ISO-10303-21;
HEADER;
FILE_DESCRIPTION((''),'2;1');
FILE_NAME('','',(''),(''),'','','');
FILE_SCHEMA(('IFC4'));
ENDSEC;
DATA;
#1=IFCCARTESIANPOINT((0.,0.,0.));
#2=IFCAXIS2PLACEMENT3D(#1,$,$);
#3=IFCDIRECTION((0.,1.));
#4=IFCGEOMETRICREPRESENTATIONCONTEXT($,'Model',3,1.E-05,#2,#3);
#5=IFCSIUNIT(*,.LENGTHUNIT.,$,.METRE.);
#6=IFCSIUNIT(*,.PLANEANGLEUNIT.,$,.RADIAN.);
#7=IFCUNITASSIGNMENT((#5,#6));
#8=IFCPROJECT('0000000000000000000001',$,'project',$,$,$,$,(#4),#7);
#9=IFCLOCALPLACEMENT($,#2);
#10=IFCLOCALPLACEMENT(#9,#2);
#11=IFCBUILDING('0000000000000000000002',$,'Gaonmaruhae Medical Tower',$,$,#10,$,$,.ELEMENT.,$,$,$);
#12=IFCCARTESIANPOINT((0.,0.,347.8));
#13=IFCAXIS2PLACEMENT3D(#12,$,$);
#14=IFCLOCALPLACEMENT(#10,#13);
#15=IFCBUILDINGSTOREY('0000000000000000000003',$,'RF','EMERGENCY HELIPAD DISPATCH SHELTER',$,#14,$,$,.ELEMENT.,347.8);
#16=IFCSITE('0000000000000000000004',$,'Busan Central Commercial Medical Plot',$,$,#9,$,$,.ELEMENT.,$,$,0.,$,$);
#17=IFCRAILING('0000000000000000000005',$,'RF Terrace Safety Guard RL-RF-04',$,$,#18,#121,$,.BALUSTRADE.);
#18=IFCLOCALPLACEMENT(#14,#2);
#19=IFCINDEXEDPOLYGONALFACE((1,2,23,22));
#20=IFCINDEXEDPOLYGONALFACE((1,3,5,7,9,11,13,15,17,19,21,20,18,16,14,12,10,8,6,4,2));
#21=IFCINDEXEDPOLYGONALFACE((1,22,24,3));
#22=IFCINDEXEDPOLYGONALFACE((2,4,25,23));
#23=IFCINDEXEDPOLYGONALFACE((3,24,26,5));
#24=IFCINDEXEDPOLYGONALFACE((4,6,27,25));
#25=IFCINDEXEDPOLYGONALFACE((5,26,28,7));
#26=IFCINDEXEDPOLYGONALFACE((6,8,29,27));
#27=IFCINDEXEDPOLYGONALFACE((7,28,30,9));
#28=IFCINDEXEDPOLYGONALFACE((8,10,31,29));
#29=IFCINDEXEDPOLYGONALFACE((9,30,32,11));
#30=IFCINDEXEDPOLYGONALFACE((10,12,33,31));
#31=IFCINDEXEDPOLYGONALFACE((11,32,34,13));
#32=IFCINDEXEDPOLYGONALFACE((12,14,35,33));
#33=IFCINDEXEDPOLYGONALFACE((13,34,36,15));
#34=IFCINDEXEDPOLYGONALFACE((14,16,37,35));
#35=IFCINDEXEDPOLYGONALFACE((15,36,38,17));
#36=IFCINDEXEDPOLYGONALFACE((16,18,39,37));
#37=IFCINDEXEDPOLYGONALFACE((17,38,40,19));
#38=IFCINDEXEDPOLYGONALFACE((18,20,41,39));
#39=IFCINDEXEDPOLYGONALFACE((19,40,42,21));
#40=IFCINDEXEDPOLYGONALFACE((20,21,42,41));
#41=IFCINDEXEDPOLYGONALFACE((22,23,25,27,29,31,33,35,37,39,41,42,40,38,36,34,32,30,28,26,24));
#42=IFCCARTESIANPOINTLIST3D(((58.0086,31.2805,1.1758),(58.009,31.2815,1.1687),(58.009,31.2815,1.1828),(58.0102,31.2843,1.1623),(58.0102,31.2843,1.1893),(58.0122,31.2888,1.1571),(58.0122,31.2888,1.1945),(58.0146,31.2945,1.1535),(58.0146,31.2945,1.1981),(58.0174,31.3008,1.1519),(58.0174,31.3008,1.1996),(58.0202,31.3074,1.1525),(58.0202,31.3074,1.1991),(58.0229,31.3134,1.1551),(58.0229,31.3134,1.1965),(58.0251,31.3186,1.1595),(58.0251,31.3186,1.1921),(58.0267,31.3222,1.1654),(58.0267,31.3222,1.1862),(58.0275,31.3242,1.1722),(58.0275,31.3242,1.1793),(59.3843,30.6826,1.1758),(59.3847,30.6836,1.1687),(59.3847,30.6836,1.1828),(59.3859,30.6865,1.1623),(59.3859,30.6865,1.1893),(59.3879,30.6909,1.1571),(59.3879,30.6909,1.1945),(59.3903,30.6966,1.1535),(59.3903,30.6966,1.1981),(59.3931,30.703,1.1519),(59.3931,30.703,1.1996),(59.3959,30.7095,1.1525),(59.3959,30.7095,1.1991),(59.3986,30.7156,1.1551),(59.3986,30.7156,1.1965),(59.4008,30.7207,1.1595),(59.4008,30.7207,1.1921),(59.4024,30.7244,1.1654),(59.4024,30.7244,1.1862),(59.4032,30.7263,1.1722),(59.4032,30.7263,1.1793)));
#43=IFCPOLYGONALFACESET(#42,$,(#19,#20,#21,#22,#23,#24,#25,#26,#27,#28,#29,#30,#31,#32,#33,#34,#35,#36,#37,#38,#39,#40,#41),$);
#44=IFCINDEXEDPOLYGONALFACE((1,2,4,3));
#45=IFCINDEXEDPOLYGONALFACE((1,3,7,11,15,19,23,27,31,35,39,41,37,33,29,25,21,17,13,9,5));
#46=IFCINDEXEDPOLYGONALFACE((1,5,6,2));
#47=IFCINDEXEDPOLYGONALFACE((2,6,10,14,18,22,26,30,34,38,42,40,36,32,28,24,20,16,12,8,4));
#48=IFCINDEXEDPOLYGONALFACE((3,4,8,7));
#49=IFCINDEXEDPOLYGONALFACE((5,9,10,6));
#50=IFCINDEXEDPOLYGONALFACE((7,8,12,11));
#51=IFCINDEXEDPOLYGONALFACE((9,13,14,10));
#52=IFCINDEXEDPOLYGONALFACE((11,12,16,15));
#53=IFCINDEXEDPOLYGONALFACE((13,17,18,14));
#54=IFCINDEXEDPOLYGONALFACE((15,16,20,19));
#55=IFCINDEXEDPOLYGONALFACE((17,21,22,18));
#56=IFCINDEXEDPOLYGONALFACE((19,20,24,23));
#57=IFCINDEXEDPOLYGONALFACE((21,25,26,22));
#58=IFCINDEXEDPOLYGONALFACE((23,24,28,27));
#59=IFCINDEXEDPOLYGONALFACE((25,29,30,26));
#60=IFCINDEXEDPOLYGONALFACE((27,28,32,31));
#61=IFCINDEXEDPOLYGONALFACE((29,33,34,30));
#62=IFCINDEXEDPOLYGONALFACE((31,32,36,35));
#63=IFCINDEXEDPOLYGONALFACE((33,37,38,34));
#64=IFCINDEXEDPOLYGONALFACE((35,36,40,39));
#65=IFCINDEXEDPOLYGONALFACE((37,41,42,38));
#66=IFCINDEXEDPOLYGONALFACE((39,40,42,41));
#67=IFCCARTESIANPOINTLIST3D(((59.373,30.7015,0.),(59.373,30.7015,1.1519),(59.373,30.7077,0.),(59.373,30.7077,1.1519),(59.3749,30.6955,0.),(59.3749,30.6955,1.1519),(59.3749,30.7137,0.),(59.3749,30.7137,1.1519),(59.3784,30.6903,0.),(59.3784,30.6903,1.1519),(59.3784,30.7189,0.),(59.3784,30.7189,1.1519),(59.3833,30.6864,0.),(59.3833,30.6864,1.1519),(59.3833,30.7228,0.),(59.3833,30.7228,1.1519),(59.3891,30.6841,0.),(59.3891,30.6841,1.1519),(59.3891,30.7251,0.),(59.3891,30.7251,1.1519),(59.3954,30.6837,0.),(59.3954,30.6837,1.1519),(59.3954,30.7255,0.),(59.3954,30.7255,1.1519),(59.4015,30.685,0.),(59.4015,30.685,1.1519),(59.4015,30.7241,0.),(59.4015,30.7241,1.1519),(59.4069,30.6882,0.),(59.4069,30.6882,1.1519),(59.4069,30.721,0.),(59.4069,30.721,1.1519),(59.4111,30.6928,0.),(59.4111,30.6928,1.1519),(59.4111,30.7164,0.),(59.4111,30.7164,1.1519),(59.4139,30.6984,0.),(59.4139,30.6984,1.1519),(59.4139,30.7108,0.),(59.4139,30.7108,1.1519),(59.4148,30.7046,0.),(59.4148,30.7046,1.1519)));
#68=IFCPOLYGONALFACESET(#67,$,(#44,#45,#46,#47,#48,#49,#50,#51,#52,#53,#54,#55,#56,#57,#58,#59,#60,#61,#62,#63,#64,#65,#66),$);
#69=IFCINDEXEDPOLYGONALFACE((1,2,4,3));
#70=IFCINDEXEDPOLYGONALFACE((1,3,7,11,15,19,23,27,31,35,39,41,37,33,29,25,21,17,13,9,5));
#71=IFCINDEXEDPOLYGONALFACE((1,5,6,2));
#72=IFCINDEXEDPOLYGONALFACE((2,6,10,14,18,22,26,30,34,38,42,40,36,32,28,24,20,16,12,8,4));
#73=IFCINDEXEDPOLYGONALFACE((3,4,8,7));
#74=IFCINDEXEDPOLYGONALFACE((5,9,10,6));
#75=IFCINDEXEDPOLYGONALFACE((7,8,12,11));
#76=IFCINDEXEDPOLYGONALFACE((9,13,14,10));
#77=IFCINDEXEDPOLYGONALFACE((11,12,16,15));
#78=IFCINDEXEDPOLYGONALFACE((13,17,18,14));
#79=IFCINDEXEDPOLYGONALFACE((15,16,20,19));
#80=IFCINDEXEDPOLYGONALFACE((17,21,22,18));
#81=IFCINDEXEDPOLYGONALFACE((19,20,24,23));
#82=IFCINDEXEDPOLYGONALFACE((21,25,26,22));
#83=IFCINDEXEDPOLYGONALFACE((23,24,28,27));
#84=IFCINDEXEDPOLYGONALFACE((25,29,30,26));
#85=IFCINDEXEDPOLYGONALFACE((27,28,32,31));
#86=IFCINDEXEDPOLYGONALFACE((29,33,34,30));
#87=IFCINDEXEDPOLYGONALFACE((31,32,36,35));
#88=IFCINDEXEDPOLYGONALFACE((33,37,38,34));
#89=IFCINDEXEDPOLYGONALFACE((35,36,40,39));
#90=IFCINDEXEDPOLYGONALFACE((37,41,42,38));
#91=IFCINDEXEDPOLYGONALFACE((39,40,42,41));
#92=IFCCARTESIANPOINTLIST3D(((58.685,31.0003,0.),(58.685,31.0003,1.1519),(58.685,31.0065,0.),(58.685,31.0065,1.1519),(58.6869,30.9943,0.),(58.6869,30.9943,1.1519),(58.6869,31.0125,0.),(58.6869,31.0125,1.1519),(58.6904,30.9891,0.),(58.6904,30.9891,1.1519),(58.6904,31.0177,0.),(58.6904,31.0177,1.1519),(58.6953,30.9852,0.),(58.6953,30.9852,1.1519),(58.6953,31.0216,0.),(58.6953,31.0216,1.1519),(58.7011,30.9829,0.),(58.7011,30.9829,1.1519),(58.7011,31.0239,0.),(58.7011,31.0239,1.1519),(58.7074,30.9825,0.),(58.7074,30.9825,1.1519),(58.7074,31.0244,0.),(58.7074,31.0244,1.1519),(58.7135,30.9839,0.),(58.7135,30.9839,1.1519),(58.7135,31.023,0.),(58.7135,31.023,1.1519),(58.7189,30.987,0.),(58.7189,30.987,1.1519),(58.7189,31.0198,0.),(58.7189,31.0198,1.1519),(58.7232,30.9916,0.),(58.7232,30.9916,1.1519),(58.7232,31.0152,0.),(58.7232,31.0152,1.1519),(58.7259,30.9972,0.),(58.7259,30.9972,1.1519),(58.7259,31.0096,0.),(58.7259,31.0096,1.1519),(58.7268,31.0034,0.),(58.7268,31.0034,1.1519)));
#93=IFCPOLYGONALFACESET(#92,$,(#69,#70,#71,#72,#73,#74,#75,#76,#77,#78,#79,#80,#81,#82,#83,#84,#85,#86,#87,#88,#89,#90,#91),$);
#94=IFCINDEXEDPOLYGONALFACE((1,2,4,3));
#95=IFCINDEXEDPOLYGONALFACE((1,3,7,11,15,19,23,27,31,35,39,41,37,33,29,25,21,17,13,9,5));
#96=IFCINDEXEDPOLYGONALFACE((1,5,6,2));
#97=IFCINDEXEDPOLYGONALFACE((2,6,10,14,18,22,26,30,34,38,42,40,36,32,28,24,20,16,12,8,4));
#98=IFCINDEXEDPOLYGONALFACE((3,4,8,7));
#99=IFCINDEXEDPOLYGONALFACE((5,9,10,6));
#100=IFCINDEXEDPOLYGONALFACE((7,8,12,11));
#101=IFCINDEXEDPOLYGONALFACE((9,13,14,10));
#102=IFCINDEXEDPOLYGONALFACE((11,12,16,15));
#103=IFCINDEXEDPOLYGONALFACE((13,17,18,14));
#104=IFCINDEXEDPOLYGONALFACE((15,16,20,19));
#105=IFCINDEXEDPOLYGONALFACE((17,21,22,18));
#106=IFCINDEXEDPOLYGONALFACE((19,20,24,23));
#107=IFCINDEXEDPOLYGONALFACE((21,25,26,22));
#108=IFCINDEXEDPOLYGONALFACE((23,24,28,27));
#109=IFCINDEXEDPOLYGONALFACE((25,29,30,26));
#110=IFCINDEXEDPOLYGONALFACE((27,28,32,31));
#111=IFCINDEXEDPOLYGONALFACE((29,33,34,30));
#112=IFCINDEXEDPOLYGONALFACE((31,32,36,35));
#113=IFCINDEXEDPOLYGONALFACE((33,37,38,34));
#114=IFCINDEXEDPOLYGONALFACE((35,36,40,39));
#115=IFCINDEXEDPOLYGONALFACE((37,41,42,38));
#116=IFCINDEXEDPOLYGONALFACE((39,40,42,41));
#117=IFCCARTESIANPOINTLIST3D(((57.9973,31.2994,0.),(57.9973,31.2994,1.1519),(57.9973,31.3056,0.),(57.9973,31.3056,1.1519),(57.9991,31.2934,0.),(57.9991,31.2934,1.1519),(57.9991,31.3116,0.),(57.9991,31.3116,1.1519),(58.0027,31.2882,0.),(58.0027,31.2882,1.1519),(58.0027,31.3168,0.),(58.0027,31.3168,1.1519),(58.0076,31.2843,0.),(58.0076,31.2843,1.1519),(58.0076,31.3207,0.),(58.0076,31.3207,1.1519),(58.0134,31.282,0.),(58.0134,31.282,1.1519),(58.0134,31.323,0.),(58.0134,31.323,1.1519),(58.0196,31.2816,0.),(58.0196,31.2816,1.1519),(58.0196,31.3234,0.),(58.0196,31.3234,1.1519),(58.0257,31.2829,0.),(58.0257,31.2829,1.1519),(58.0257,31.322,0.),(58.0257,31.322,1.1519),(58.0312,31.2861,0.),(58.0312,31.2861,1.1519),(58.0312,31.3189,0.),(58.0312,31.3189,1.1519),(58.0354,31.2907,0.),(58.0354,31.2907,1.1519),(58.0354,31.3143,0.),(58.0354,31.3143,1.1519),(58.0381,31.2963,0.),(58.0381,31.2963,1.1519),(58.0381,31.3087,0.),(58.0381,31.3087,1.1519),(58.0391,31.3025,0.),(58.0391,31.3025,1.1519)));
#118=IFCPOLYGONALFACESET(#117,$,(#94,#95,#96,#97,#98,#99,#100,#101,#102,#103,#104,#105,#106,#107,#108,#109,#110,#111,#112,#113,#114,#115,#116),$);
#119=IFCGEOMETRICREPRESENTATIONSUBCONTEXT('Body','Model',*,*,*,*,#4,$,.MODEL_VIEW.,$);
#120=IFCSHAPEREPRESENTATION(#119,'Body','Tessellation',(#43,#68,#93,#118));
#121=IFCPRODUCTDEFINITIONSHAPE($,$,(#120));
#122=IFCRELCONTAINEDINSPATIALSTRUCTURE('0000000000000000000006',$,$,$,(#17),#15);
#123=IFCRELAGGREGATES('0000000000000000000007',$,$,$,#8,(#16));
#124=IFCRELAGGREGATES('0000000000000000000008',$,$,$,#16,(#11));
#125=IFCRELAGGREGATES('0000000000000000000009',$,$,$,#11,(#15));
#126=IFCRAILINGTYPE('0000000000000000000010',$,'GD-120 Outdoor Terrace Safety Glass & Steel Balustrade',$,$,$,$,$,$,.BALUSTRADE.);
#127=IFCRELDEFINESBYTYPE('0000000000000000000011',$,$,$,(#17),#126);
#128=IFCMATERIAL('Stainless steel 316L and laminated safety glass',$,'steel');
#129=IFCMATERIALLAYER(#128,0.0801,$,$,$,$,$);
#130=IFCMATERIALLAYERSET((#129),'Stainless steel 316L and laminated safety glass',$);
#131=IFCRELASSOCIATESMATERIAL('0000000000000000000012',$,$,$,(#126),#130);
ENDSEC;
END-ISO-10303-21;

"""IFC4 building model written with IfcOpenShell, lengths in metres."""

from ifc_helpers import new_model, si_unit, direction, frame, origin, origin_2d, place, context, subcontext, project, spatial, circle, extrude, material, layer, layer_set, type_object, element, save


model = new_model("IFC4")

# Units and contexts
model_context = context("Model", 3, precision=1e-05, world=origin(), true_north=direction((0.0, 1.0)))
body_context = subcontext(model_context, "Body", "Model", "MODEL_VIEW")
ifc_project = project(units=[si_unit("LENGTHUNIT", "METRE"), si_unit("PLANEANGLEUNIT", "RADIAN")], contexts=[model_context])

# Site, building, storey
site_placement = place(None, origin())
site = spatial("IfcSite", under=ifc_project, at=site_placement, Name="Busan Central Commercial Medical Plot", CompositionType="ELEMENT", RefElevation=0.0)
building_placement = place(site_placement, origin())
building = spatial("IfcBuilding", under=site, at=building_placement, Name="Gaonmaruhae Medical Tower", CompositionType="ELEMENT")
storey_placement = place(building_placement, frame((0.0, 0.0, 347.8)))
storey = spatial("IfcBuildingStorey", under=building, at=storey_placement, Name="RF", Description="EMERGENCY HELIPAD DISPATCH SHELTER", CompositionType="ELEMENT", Elevation=347.8)

# Railing
ifc_material_1 = material(Name="Stainless steel 316L and laminated safety glass", Category="steel")
ifc_layer_1 = layer(ifc_material_1, 0.0801)
ifc_layer_set_1 = layer_set([ifc_layer_1], Name="Stainless steel 316L and laminated safety glass")
railing_type = type_object("IfcRailingType", Name="GD-120 Outdoor Terrace Safety Glass & Steel Balustrade", PredefinedType="BALUSTRADE", material=ifc_layer_set_1)
railing_1_placement = place(storey_placement, frame((59.3938, 30.7046, 0.0)))
element("IfcRailing", 1, at=railing_1_placement, inside=storey, type_object=railing_type, Name="RF Terrace Safety Guard RL-RF-04", PredefinedType="BALUSTRADE", context=body_context, shape_type="SweptSolid", body=[
    extrude(circle(Radius=0.0239, at=origin_2d()), frame((0.0, 0.0, 1.1758), z_axis=(-0.91713, 0.398589, 0.0), x_axis=(-0.398589, -0.91713, 0.0)), (0.0, 0.0, 1.0), 1.5),
    extrude(circle(Radius=0.021, at=origin_2d()), origin(), (0.0, 0.0, 1.0), 1.1519),
    extrude(circle(Radius=0.021, at=origin_2d()), frame((-0.688, 0.2988, 0.0)), (0.0, 0.0, 1.0), 1.1519),
    extrude(circle(Radius=0.021, at=origin_2d()), frame((-1.3757, 0.5979, 0.0)), (0.0, 0.0, 1.0), 1.1519),
])

save(model, "model.ifc")
